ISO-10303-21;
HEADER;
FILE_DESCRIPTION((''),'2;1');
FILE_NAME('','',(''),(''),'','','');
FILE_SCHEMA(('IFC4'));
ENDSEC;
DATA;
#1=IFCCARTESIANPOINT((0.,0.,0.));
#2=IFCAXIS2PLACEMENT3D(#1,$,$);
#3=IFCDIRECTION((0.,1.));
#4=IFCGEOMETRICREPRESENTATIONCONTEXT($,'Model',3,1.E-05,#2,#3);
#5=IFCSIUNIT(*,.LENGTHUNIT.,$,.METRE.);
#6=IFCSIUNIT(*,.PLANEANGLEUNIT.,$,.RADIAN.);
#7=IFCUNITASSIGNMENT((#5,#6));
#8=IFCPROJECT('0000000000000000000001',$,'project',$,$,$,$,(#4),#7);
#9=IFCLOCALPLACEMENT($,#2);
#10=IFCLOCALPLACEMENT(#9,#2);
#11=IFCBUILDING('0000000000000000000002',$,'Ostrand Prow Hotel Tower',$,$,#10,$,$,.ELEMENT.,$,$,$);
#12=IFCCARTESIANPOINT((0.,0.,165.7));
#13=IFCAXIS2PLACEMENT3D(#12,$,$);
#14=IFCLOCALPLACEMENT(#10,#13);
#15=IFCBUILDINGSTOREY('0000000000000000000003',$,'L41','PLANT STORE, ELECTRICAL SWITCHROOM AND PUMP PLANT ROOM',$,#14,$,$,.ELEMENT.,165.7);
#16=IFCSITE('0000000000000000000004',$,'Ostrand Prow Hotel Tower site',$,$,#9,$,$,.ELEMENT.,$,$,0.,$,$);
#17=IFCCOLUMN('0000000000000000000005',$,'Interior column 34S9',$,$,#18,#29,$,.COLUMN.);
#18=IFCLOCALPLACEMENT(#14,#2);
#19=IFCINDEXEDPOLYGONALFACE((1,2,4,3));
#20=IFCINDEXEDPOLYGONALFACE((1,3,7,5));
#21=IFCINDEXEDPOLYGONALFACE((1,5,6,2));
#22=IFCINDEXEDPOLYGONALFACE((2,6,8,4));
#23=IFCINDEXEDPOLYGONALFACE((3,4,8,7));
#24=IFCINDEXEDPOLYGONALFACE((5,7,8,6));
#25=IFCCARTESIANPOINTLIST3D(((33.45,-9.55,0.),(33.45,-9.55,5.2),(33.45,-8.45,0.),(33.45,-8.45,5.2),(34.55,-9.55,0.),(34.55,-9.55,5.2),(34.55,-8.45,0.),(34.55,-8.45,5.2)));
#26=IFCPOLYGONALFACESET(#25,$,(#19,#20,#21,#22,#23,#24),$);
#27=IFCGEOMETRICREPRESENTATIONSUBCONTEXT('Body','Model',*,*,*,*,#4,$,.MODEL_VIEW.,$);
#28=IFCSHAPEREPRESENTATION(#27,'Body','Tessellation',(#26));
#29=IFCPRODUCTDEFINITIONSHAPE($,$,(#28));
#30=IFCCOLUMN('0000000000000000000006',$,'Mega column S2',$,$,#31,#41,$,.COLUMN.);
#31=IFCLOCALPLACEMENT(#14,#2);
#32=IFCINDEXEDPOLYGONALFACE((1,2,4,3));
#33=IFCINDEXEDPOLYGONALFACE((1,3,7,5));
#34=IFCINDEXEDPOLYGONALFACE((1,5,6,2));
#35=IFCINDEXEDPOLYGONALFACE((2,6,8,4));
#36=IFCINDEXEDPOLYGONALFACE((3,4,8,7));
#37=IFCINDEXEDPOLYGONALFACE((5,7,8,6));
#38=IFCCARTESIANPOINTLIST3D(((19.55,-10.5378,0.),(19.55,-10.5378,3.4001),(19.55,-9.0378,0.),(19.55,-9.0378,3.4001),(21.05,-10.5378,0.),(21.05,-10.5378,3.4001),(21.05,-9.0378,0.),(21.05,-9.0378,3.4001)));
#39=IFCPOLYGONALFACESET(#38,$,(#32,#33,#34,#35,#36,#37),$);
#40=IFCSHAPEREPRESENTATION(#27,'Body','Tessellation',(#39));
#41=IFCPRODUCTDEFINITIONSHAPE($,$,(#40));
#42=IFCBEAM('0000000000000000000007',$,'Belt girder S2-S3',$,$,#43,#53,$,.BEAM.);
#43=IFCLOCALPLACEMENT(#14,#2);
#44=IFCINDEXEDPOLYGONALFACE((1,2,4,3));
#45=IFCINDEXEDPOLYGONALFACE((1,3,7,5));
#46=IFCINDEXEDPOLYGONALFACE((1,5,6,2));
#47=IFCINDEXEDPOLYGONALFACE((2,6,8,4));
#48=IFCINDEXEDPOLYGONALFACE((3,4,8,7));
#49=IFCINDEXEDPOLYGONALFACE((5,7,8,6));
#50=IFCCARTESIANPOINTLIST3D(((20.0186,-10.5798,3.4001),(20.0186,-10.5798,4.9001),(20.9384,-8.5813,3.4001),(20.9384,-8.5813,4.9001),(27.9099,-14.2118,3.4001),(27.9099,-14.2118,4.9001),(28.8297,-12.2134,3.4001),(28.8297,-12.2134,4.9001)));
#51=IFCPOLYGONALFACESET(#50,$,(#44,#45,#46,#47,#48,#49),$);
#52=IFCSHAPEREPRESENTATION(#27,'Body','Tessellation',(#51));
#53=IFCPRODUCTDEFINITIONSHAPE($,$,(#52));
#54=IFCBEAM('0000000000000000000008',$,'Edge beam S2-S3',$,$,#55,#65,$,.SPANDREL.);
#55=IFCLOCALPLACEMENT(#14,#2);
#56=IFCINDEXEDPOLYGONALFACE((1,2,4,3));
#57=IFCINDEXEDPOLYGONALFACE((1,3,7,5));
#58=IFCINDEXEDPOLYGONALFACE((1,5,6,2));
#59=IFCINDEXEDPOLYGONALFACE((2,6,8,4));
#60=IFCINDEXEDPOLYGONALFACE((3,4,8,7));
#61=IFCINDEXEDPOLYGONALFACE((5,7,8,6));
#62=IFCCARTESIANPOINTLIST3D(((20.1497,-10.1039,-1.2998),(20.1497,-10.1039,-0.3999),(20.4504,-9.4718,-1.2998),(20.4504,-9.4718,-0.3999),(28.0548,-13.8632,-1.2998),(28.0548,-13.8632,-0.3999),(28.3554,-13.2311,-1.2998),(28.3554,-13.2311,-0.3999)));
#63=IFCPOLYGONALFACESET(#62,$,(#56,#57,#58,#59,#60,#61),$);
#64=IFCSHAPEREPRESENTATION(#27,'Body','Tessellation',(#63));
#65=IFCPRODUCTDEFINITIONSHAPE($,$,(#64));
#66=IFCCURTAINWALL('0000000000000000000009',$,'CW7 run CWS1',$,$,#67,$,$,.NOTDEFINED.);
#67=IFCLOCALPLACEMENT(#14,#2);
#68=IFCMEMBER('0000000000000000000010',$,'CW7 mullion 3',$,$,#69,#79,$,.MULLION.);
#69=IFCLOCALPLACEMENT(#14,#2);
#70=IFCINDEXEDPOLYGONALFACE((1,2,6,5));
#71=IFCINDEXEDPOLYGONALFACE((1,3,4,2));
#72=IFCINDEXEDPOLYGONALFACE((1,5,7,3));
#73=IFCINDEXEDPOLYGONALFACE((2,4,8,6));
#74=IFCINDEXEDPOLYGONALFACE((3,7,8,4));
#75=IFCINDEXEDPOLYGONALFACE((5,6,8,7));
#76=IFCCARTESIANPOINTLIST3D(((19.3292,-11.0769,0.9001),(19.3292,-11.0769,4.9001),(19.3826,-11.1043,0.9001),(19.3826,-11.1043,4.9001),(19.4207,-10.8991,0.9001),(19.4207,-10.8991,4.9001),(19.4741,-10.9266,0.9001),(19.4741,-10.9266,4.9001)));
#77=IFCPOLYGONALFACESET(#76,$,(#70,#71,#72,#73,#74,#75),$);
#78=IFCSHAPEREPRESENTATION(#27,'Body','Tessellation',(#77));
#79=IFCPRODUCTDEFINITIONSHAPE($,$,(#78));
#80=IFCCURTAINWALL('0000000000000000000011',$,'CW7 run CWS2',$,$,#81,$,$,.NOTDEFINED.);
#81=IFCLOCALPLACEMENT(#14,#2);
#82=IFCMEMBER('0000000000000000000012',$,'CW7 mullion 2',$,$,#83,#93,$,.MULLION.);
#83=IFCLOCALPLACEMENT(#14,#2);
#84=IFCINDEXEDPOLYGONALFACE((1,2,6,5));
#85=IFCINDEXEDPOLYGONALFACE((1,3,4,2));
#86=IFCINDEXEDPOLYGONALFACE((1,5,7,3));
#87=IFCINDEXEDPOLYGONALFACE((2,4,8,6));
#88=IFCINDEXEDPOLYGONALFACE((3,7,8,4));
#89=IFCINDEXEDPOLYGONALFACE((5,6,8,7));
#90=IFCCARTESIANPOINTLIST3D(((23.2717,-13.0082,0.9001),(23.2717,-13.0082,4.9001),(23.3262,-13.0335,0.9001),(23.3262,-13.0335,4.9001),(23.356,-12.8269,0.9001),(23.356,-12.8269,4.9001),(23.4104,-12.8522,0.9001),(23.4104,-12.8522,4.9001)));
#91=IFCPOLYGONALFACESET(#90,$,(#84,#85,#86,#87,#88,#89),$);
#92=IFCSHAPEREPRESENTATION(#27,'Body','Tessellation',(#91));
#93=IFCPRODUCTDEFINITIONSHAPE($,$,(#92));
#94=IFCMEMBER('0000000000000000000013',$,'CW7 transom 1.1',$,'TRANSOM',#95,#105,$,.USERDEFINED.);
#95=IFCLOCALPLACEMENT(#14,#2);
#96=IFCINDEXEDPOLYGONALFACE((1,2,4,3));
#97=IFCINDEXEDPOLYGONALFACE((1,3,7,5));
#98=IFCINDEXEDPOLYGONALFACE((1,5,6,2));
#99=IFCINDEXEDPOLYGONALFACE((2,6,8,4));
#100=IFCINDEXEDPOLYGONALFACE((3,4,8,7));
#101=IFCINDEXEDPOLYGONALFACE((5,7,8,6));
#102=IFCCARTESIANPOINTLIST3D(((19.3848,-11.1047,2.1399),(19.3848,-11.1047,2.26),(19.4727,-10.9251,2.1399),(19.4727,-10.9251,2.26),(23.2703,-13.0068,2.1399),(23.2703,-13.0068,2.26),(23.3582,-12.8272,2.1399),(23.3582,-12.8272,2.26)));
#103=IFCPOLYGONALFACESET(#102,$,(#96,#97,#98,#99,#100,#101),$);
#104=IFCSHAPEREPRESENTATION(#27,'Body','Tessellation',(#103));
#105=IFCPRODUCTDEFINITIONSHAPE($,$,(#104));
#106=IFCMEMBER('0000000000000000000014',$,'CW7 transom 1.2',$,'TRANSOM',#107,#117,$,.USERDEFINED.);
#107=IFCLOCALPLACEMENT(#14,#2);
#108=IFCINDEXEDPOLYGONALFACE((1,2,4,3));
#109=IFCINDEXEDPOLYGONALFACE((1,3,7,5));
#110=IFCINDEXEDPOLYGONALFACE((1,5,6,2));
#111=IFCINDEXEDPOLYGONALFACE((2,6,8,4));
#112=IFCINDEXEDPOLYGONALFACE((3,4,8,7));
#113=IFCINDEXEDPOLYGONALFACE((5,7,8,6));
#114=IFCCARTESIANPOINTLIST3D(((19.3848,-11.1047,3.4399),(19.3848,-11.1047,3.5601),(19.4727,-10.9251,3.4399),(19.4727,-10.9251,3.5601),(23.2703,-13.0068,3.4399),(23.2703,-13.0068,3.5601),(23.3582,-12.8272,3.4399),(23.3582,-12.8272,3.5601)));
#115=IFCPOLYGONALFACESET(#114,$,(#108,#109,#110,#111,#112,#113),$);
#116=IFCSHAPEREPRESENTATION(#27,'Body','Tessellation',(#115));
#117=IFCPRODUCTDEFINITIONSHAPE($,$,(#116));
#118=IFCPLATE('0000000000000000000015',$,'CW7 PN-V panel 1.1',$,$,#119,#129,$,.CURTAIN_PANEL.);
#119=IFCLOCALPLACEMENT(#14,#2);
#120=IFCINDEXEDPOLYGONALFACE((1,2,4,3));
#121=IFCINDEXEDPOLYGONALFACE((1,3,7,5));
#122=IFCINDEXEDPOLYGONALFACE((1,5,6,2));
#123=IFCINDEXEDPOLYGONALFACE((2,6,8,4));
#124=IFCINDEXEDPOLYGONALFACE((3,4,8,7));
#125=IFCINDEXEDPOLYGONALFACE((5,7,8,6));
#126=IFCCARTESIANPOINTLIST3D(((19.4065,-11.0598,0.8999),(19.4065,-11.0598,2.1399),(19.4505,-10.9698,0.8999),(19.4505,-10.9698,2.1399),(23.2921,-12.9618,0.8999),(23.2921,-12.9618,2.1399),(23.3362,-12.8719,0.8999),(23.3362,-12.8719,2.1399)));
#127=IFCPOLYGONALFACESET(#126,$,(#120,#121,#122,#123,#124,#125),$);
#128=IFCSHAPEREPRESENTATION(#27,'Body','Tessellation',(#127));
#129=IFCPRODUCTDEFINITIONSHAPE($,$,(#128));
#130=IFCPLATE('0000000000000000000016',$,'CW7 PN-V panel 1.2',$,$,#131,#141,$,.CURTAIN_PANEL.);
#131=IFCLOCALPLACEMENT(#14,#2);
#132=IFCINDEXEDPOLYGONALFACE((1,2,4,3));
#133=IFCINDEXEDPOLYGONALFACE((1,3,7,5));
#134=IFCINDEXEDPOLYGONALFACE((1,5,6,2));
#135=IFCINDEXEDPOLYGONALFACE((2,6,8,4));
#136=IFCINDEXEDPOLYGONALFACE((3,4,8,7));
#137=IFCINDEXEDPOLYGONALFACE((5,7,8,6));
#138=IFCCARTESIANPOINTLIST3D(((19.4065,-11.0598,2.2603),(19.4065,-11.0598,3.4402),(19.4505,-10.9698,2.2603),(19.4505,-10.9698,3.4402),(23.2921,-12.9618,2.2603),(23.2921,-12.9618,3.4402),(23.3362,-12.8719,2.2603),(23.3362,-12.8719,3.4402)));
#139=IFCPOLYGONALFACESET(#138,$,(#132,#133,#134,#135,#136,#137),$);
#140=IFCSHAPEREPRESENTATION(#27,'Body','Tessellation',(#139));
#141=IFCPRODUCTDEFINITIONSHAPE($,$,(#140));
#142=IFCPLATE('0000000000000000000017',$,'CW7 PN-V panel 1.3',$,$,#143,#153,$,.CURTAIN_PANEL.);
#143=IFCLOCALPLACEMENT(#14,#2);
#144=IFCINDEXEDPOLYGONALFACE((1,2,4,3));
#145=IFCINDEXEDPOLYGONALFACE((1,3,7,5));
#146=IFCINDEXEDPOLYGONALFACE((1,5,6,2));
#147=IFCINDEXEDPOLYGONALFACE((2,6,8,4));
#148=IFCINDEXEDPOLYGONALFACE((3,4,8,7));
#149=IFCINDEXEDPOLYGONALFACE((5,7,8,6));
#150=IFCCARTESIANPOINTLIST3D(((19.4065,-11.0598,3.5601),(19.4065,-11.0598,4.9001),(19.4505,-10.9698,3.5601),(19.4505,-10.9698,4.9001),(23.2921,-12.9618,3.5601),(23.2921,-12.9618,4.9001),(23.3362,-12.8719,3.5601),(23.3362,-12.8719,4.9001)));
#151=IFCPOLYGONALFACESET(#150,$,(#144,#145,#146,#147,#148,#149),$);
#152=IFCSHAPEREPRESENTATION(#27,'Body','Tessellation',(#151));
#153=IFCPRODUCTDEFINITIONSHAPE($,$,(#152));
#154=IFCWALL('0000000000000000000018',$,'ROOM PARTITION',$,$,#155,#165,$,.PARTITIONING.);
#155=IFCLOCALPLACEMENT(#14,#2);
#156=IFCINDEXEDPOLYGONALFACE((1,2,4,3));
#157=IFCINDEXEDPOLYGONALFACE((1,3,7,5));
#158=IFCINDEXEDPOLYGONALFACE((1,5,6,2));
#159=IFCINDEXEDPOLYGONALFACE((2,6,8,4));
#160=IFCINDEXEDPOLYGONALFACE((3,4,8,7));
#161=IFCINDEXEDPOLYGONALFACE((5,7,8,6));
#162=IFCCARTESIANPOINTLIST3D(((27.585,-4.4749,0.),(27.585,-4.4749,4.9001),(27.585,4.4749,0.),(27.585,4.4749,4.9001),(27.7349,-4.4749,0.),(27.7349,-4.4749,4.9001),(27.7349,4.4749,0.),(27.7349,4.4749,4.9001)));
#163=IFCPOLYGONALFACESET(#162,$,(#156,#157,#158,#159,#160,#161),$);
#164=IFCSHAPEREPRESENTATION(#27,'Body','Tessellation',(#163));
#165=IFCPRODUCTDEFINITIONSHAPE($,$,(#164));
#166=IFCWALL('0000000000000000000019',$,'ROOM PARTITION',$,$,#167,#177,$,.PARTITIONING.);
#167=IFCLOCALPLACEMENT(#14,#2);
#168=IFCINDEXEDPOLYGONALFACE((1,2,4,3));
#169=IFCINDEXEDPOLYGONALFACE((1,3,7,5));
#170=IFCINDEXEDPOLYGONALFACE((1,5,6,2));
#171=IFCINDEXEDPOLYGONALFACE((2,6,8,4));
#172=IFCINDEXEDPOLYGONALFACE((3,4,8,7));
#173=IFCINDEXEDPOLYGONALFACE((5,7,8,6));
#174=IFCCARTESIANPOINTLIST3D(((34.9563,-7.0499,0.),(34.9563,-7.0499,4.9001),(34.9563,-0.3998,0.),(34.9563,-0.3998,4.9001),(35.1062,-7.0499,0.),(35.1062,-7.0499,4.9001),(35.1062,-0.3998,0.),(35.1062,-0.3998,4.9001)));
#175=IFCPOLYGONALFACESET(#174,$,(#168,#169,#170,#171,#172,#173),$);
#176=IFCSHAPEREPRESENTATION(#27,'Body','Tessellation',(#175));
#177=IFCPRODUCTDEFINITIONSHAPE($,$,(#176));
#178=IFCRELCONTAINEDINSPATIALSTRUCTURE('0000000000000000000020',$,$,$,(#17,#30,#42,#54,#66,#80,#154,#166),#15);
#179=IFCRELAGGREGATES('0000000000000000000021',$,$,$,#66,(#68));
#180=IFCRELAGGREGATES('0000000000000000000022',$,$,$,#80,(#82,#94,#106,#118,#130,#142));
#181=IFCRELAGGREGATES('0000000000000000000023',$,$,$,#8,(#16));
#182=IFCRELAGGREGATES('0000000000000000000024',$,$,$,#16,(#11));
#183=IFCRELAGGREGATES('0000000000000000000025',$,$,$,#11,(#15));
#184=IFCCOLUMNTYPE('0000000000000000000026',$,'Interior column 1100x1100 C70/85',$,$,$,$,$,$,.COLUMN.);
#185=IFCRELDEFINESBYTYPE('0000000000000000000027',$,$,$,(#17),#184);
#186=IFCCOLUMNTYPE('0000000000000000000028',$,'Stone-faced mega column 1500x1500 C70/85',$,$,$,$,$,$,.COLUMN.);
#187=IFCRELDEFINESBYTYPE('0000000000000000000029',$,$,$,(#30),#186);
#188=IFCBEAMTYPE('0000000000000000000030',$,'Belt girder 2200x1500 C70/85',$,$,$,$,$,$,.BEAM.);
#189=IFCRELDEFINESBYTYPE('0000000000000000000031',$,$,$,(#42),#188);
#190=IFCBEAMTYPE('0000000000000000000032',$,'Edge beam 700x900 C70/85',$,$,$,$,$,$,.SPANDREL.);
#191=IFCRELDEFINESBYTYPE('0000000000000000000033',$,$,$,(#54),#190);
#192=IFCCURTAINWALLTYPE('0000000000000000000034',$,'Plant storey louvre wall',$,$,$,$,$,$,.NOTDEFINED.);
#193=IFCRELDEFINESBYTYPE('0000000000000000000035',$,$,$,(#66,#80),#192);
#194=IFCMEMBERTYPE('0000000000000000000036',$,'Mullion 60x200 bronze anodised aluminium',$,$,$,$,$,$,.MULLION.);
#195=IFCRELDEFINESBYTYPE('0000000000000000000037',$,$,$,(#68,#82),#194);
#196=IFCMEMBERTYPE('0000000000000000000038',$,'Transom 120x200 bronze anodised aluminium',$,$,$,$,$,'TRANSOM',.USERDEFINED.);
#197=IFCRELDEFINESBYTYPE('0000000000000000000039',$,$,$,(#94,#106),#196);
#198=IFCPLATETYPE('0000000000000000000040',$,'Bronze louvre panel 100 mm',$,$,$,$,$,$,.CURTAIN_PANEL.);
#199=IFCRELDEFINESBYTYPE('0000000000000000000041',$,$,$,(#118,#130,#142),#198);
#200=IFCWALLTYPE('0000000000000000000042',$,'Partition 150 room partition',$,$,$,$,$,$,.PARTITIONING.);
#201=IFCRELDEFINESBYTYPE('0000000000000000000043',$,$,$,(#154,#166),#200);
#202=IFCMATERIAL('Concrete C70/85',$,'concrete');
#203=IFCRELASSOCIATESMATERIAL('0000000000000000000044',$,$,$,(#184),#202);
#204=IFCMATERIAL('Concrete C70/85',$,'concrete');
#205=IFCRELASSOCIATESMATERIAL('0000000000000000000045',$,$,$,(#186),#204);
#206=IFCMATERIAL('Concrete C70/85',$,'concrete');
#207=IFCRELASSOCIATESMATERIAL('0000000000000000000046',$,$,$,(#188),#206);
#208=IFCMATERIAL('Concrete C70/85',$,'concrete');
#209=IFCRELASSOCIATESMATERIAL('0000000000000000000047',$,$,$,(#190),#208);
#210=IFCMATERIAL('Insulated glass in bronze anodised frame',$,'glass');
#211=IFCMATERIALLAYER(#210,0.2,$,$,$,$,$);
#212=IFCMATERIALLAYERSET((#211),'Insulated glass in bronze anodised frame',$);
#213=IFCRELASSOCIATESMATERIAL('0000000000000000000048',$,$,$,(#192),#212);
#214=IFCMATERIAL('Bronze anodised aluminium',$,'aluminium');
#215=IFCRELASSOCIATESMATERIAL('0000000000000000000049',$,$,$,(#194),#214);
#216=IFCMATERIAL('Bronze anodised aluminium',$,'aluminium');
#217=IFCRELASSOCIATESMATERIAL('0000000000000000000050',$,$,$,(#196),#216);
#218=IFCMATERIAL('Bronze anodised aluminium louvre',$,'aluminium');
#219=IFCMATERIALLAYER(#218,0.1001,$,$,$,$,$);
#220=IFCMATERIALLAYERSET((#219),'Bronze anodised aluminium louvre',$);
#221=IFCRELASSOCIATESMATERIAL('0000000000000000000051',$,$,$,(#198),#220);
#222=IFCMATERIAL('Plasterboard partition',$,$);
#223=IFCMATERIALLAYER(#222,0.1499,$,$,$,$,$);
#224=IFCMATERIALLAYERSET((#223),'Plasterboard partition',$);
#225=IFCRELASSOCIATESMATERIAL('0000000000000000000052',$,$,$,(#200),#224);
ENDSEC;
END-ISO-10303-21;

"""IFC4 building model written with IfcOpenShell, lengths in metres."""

from ifc_helpers import new_model, si_unit, direction, frame, frame_2d, origin, origin_2d, place, context, subcontext, project, spatial, rectangle, extrude, material, layer, layer_set, material_profile, profile_set, type_object, element, aggregate, save


model = new_model("IFC4")

# Units and contexts
model_context = context("Model", 3, precision=1e-05, world=origin(), true_north=direction((0.0, 1.0)))
body_context = subcontext(model_context, "Body", "Model", "MODEL_VIEW")
ifc_project = project(units=[si_unit("LENGTHUNIT", "METRE"), si_unit("PLANEANGLEUNIT", "RADIAN")], contexts=[model_context])

# Site, building, storey
site_placement = place(None, origin())
site = spatial("IfcSite", under=ifc_project, at=site_placement, Name="Ostrand Prow Hotel Tower site", CompositionType="ELEMENT", RefElevation=0.0)
building_placement = place(site_placement, origin())
building = spatial("IfcBuilding", under=site, at=building_placement, Name="Ostrand Prow Hotel Tower", CompositionType="ELEMENT")
storey_placement = place(building_placement, frame((0.0, 0.0, 165.7)))
storey = spatial("IfcBuildingStorey", under=building, at=storey_placement, Name="L41", Description="PLANT STORE, ELECTRICAL SWITCHROOM AND PUMP PLANT ROOM", CompositionType="ELEMENT", Elevation=165.7)

# Columns
ifc_material_1 = material(Name="Concrete C70/85", Category="concrete")
ifc_material_profile_1 = material_profile(ifc_material_1, rectangle(XDim=1.1001, YDim=1.1001, at=origin_2d()), Name="RC 1100x1100")
ifc_profile_set_1 = profile_set([ifc_material_profile_1], Name="Concrete C70/85")
column_type_1 = type_object("IfcColumnType", Name="Interior column 1100x1100 C70/85", PredefinedType="COLUMN", material=ifc_profile_set_1)
column_1_placement = place(storey_placement, frame((34.0, -9.0, 0.0), z_axis=(0.0, 0.0, 1.0), x_axis=(1.0, 0.0, 0.0)))
element("IfcColumn", 1, at=column_1_placement, inside=storey, type_object=column_type_1, Name="Interior column 34S9", PredefinedType="COLUMN", context=body_context, shape_type="SweptSolid", body=[
    extrude(rectangle(XDim=1.1001, YDim=1.1001, at=origin_2d()), origin(), (0.0, 0.0, 1.0), 5.2),
])
ifc_material_2 = material(Name="Concrete C70/85", Category="concrete")
ifc_material_profile_2 = material_profile(ifc_material_2, rectangle(XDim=1.5, YDim=1.5, at=origin_2d()), Name="RC 1500x1500")
ifc_profile_set_2 = profile_set([ifc_material_profile_2], Name="Concrete C70/85")
column_type_2 = type_object("IfcColumnType", Name="Stone-faced mega column 1500x1500 C70/85", PredefinedType="COLUMN", material=ifc_profile_set_2)
column_2_placement = place(storey_placement, frame((20.3, -9.7878, 0.0), z_axis=(0.0, 0.0, 1.0), x_axis=(1.0, 0.0, 0.0)))
element("IfcColumn", 2, at=column_2_placement, inside=storey, type_object=column_type_2, Name="Mega column S2", PredefinedType="COLUMN", context=body_context, shape_type="SweptSolid", body=[
    extrude(rectangle(XDim=1.5, YDim=1.5, at=origin_2d()), origin(), (0.0, 0.0, 1.0), 3.4001),
])

# Beams
ifc_material_3 = material(Name="Concrete C70/85", Category="concrete")
ifc_material_profile_3 = material_profile(ifc_material_3, rectangle(XDim=2.2, YDim=1.5, at=origin_2d()), Name="RC 2200x1500")
ifc_profile_set_3 = profile_set([ifc_material_profile_3], Name="Concrete C70/85")
beam_type_1 = type_object("IfcBeamType", Name="Belt girder 2200x1500 C70/85", PredefinedType="BEAM", material=ifc_profile_set_3)
beam_1_placement = place(storey_placement, frame((20.4785, -9.5806, 4.1501), z_axis=(0.908401, -0.418101, 0.0), x_axis=(0.418101, 0.908401, 0.0)))
element("IfcBeam", 3, at=beam_1_placement, inside=storey, type_object=beam_type_1, Name="Belt girder S2-S3", PredefinedType="BEAM", context=body_context, shape_type="SweptSolid", body=[
    extrude(rectangle(XDim=2.2, YDim=1.5, at=origin_2d()), origin(), (0.0, 0.0, 1.0), 8.687),
])
ifc_material_4 = material(Name="Concrete C70/85", Category="concrete")
ifc_material_profile_4 = material_profile(ifc_material_4, rectangle(XDim=0.7, YDim=0.8999, at=origin_2d()), Name="RC 700x900")
ifc_profile_set_4 = profile_set([ifc_material_profile_4], Name="Concrete C70/85")
beam_type_2 = type_object("IfcBeamType", Name="Edge beam 700x900 C70/85", PredefinedType="SPANDREL", material=ifc_profile_set_4)
beam_2_placement = place(storey_placement, frame((20.3, -9.7878, -0.8499), z_axis=(0.903083, -0.429466, 0.0), x_axis=(0.429466, 0.903083, 0.0)))
element("IfcBeam", 4, at=beam_2_placement, inside=storey, type_object=beam_type_2, Name="Edge beam S2-S3", PredefinedType="SPANDREL", context=body_context, shape_type="SweptSolid", body=[
    extrude(rectangle(XDim=0.7, YDim=0.8999, at=origin_2d()), origin(), (0.0, 0.0, 1.0), 8.7534),
])

# Curtain wall, member
ifc_material_5 = material(Name="Insulated glass in bronze anodised frame", Category="glass")
ifc_layer_1 = layer(ifc_material_5, 0.2)
ifc_layer_set_1 = layer_set([ifc_layer_1], Name="Insulated glass in bronze anodised frame")
curtain_wall_type = type_object("IfcCurtainWallType", Name="Plant storey louvre wall", PredefinedType="NOTDEFINED", material=ifc_layer_set_1)
curtain_wall_1_placement = place(storey_placement, origin())
curtain_wall_1 = element("IfcCurtainWall", 5, at=curtain_wall_1_placement, inside=storey, type_object=curtain_wall_type, Name="CW7 run CWS1", PredefinedType="NOTDEFINED")
ifc_material_6 = material(Name="Bronze anodised aluminium", Category="aluminium")
ifc_material_profile_5 = material_profile(ifc_material_6, rectangle(XDim=0.2, YDim=0.0601, at=origin_2d()), Name="Mullion 60x200 bronze anodised aluminium")
ifc_profile_set_5 = profile_set([ifc_material_profile_5], Name="Bronze anodised aluminium")
member_type_1 = type_object("IfcMemberType", Name="Mullion 60x200 bronze anodised aluminium", PredefinedType="MULLION", material=ifc_profile_set_5)
member_1_placement = place(storey_placement, frame((19.4016, -11.0017, 0.9001), z_axis=(0.0, 0.0, 1.0), x_axis=(0.457619, 0.889148, 0.0)))
member_1 = element("IfcMember", 6, at=member_1_placement, type_object=member_type_1, Name="CW7 mullion 3", PredefinedType="MULLION", context=body_context, shape_type="SweptSolid", body=[
    extrude(rectangle(XDim=0.2, YDim=0.0601, at=origin_2d()), origin(), (0.0, 0.0, 1.0), 4.0),
])
aggregate(curtain_wall_1, [member_1])

# Curtain wall, members, plates
curtain_wall_2_placement = place(storey_placement, origin())
curtain_wall_2 = element("IfcCurtainWall", 7, at=curtain_wall_2_placement, inside=storey, type_object=curtain_wall_type, Name="CW7 run CWS2", PredefinedType="NOTDEFINED")
member_2_placement = place(storey_placement, frame((23.3411, -12.9302, 0.9001), z_axis=(0.0, 0.0, 1.0), x_axis=(0.421522, 0.906818, 0.0)))
member_2 = element("IfcMember", 8, at=member_2_placement, type_object=member_type_1, Name="CW7 mullion 2", PredefinedType="MULLION", context=body_context, shape_type="SweptSolid", body=[
    extrude(rectangle(XDim=0.2, YDim=0.0601, at=origin_2d()), origin(), (0.0, 0.0, 1.0), 4.0),
])
ifc_material_7 = material(Name="Bronze anodised aluminium", Category="aluminium")
ifc_material_profile_6 = material_profile(ifc_material_7, rectangle(XDim=0.2, YDim=0.1201, at=origin_2d()), Name="Transom 120x200 bronze anodised aluminium")
ifc_profile_set_6 = profile_set([ifc_material_profile_6], Name="Bronze anodised aluminium")
member_type_2 = type_object("IfcMemberType", Name="Transom 120x200 bronze anodised aluminium", ElementType="TRANSOM", PredefinedType="USERDEFINED", material=ifc_profile_set_6)
member_3_placement = place(storey_placement, frame((19.4287, -11.0149, 2.2), z_axis=(0.898154, -0.439681, 0.0), x_axis=(0.439681, 0.898154, 0.0)))
member_3 = element("IfcMember", 9, at=member_3_placement, type_object=member_type_2, Name="CW7 transom 1.1", ObjectType="TRANSOM", PredefinedType="USERDEFINED", context=body_context, shape_type="SweptSolid", body=[
    extrude(rectangle(XDim=0.2, YDim=0.1201, at=origin_2d()), origin(), (0.0, 0.0, 1.0), 4.3262),
])
member_4_placement = place(storey_placement, frame((19.4287, -11.0149, 3.5), z_axis=(0.898154, -0.439681, 0.0), x_axis=(0.439681, 0.898154, 0.0)))
member_4 = element("IfcMember", 10, at=member_4_placement, type_object=member_type_2, Name="CW7 transom 1.2", ObjectType="TRANSOM", PredefinedType="USERDEFINED", context=body_context, shape_type="SweptSolid", body=[
    extrude(rectangle(XDim=0.2, YDim=0.1201, at=origin_2d()), origin(), (0.0, 0.0, 1.0), 4.3262),
])
ifc_material_8 = material(Name="Bronze anodised aluminium louvre", Category="aluminium")
ifc_layer_2 = layer(ifc_material_8, 0.1001)
ifc_layer_set_2 = layer_set([ifc_layer_2], Name="Bronze anodised aluminium louvre")
plate_type = type_object("IfcPlateType", Name="Bronze louvre panel 100 mm", PredefinedType="CURTAIN_PANEL", material=ifc_layer_set_2)
plate_1_placement = place(storey_placement, frame((21.3713, -11.9658, 0.8999), z_axis=(0.0, 0.0, 1.0), x_axis=(0.898165, -0.439659, 0.0)))
plate_1 = element("IfcPlate", 11, at=plate_1_placement, type_object=plate_type, Name="CW7 PN-V panel 1.1", PredefinedType="CURTAIN_PANEL", context=body_context, shape_type="SweptSolid", body=[
    extrude(rectangle(XDim=4.3262, YDim=0.1001, at=origin_2d()), origin(), (0.0, 0.0, 1.0), 1.24),
])
plate_2_placement = place(storey_placement, frame((21.3713, -11.9658, 2.2603), z_axis=(0.0, 0.0, 1.0), x_axis=(0.898165, -0.439659, 0.0)))
plate_2 = element("IfcPlate", 12, at=plate_2_placement, type_object=plate_type, Name="CW7 PN-V panel 1.2", PredefinedType="CURTAIN_PANEL", context=body_context, shape_type="SweptSolid", body=[
    extrude(rectangle(XDim=4.3262, YDim=0.1001, at=origin_2d()), origin(), (0.0, 0.0, 1.0), 1.1799),
])
plate_3_placement = place(storey_placement, frame((21.3713, -11.9658, 3.5601), z_axis=(0.0, 0.0, 1.0), x_axis=(0.898165, -0.439659, 0.0)))
plate_3 = element("IfcPlate", 13, at=plate_3_placement, type_object=plate_type, Name="CW7 PN-V panel 1.3", PredefinedType="CURTAIN_PANEL", context=body_context, shape_type="SweptSolid", body=[
    extrude(rectangle(XDim=4.3262, YDim=0.1001, at=origin_2d()), origin(), (0.0, 0.0, 1.0), 1.3401),
])
aggregate(curtain_wall_2, [member_2, member_3, member_4, plate_1, plate_2, plate_3])

# Walls
ifc_material_9 = material(Name="Plasterboard partition")
ifc_layer_3 = layer(ifc_material_9, 0.1499)
ifc_layer_set_3 = layer_set([ifc_layer_3], Name="Plasterboard partition")
wall_type_1 = type_object("IfcWallType", Name="Partition 150 room partition", PredefinedType="PARTITIONING", material=ifc_layer_set_3)
wall_1_placement = place(storey_placement, frame((27.6599, -4.4749, 0.0), z_axis=(0.0, 0.0, 1.0), x_axis=(0.0, 1.0, 0.0)))
element("IfcWall", 14, at=wall_1_placement, inside=storey, type_object=wall_type_1, Name="ROOM PARTITION", PredefinedType="PARTITIONING", context=body_context, shape_type="SweptSolid", body=[
    extrude(rectangle(XDim=8.9497, YDim=0.1499, at=frame_2d((4.4749, 0.0))), origin(), (0.0, 0.0, 1.0), 4.9001),
])
wall_2_placement = place(storey_placement, frame((35.0312, -7.05, 0.0), z_axis=(0.0, 0.0, 1.0), x_axis=(0.0, 1.0, 0.0)))
element("IfcWall", 15, at=wall_2_placement, inside=storey, type_object=wall_type_1, Name="ROOM PARTITION", PredefinedType="PARTITIONING", context=body_context, shape_type="SweptSolid", body=[
    extrude(rectangle(XDim=6.6501, YDim=0.1499, at=frame_2d((3.3252, 0.0))), origin(), (0.0, 0.0, 1.0), 4.9001),
])

save(model, "model.ifc")
